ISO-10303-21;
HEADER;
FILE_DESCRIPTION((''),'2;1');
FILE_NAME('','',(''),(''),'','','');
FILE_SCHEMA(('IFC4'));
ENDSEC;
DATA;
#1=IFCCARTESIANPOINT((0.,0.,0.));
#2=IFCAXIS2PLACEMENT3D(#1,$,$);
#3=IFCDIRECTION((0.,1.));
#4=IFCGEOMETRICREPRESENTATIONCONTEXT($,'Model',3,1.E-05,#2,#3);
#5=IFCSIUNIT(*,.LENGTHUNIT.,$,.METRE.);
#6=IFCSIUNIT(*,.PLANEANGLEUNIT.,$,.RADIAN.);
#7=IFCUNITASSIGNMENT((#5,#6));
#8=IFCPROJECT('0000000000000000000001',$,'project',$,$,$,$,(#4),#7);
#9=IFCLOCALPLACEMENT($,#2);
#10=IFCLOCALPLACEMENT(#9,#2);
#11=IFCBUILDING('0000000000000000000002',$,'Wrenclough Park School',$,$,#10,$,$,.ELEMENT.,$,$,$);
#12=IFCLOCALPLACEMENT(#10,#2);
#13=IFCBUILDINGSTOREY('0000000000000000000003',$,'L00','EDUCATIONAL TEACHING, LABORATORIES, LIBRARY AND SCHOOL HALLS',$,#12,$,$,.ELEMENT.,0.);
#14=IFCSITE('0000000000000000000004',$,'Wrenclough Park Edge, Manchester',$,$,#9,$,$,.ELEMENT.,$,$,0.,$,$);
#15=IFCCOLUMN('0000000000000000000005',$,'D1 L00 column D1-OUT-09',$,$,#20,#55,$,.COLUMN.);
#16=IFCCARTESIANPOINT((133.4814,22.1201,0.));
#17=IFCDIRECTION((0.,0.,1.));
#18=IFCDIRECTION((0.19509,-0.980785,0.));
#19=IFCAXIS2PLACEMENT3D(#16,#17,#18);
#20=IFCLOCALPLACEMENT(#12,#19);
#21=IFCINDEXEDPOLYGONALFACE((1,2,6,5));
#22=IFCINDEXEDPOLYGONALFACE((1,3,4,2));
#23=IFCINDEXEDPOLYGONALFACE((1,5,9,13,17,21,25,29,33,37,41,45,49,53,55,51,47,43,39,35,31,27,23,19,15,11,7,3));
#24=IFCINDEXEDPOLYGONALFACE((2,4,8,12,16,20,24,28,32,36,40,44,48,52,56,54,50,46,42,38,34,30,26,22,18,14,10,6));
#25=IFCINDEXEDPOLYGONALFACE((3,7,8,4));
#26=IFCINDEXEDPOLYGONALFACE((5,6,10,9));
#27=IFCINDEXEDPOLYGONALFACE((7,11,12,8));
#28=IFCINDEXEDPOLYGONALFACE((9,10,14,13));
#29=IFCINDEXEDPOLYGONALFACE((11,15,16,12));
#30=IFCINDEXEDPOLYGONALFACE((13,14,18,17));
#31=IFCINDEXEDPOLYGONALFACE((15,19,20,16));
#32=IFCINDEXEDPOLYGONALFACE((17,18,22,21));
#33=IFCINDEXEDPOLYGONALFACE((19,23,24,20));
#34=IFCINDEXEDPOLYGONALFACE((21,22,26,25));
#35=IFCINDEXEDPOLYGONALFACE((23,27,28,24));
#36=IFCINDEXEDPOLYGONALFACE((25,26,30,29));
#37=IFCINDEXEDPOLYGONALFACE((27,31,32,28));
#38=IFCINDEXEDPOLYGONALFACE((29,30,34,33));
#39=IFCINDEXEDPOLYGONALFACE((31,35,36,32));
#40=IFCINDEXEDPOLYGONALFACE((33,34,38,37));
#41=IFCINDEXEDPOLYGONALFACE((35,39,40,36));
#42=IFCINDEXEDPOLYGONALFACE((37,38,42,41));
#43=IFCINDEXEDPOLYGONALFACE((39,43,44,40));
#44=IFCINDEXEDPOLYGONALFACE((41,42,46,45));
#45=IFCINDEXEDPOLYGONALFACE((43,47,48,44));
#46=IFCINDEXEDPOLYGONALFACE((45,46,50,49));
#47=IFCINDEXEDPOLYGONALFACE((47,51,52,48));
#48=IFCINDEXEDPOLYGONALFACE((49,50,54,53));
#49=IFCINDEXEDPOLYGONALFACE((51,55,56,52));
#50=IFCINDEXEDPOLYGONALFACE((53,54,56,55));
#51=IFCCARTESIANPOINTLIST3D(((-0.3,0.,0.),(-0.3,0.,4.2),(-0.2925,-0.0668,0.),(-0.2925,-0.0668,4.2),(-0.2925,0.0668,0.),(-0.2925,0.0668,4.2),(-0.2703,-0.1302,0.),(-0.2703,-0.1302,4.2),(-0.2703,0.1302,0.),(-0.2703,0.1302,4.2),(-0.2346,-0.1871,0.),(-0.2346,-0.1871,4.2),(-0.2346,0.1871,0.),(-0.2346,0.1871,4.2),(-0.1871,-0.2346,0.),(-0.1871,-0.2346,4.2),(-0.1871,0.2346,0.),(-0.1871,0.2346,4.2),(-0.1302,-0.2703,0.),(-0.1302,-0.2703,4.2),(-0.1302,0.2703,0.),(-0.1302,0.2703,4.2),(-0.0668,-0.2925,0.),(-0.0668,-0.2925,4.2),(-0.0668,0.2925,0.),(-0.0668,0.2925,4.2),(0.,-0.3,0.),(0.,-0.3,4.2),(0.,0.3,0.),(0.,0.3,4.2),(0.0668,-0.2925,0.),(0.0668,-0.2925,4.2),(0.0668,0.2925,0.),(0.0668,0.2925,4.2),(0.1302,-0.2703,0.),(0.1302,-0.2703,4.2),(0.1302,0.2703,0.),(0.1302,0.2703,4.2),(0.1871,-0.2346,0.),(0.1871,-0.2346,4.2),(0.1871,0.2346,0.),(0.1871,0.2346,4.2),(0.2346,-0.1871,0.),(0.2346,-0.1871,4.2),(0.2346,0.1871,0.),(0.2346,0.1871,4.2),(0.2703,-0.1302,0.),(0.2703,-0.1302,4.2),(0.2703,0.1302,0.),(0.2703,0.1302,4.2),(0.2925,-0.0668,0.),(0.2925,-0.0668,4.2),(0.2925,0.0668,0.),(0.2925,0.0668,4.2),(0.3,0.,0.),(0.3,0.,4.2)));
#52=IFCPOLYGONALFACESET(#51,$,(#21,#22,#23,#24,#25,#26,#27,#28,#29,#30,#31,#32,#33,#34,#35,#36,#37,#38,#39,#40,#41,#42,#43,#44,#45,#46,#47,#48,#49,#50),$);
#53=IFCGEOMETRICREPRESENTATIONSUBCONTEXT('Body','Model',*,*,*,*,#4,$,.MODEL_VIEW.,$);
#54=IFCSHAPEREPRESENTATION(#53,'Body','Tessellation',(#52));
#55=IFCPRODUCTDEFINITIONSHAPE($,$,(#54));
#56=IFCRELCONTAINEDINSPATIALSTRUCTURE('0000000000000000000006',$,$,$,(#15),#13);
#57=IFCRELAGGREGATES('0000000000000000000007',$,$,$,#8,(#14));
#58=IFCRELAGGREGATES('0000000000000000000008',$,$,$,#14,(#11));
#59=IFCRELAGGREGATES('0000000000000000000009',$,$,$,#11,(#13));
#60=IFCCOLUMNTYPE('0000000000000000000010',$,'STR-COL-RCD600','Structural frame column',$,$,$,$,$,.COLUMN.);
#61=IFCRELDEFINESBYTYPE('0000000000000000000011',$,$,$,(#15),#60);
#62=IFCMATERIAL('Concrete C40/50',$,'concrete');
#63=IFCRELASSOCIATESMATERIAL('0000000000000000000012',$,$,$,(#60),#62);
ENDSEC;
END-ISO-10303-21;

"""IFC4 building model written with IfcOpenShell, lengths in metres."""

from ifc_helpers import new_model, si_unit, direction, frame, origin, origin_2d, place, context, subcontext, project, spatial, circle, extrude, material, material_profile, profile_set, type_object, element, save


model = new_model("IFC4")

# Units and contexts
model_context = context("Model", 3, precision=1e-05, world=origin(), true_north=direction((0.0, 1.0)))
body_context = subcontext(model_context, "Body", "Model", "MODEL_VIEW")
ifc_project = project(units=[si_unit("LENGTHUNIT", "METRE"), si_unit("PLANEANGLEUNIT", "RADIAN")], contexts=[model_context])

# Site, building, storey
site_placement = place(None, origin())
site = spatial("IfcSite", under=ifc_project, at=site_placement, Name="Wrenclough Park Edge, Manchester", CompositionType="ELEMENT", RefElevation=0.0)
building_placement = place(site_placement, origin())
building = spatial("IfcBuilding", under=site, at=building_placement, Name="Wrenclough Park School", CompositionType="ELEMENT")
storey_placement = place(building_placement, origin())
storey = spatial("IfcBuildingStorey", under=building, at=storey_placement, Name="L00", Description="EDUCATIONAL TEACHING, LABORATORIES, LIBRARY AND SCHOOL HALLS", CompositionType="ELEMENT", Elevation=0.0)

# Column
ifc_material_1 = material(Name="Concrete C40/50", Category="concrete")
ifc_material_profile_1 = material_profile(ifc_material_1, circle(Radius=0.3, at=origin_2d()), Name="RC COL D600")
ifc_profile_set_1 = profile_set([ifc_material_profile_1], Name="Concrete C40/50")
column_type = type_object("IfcColumnType", Name="STR-COL-RCD600", Description="Structural frame column", PredefinedType="COLUMN", material=ifc_profile_set_1)
column_placement = place(storey_placement, frame((133.4814, 22.1201, 0.0), z_axis=(0.0, 0.0, 1.0), x_axis=(0.19509, -0.980785, 0.0)))
element("IfcColumn", 1, at=column_placement, inside=storey, type_object=column_type, Name="D1 L00 column D1-OUT-09", PredefinedType="COLUMN", context=body_context, shape_type="SweptSolid", body=[
    extrude(circle(Radius=0.3, at=origin_2d()), origin(), (0.0, 0.0, 1.0), 4.2),
])

save(model, "model.ifc")
